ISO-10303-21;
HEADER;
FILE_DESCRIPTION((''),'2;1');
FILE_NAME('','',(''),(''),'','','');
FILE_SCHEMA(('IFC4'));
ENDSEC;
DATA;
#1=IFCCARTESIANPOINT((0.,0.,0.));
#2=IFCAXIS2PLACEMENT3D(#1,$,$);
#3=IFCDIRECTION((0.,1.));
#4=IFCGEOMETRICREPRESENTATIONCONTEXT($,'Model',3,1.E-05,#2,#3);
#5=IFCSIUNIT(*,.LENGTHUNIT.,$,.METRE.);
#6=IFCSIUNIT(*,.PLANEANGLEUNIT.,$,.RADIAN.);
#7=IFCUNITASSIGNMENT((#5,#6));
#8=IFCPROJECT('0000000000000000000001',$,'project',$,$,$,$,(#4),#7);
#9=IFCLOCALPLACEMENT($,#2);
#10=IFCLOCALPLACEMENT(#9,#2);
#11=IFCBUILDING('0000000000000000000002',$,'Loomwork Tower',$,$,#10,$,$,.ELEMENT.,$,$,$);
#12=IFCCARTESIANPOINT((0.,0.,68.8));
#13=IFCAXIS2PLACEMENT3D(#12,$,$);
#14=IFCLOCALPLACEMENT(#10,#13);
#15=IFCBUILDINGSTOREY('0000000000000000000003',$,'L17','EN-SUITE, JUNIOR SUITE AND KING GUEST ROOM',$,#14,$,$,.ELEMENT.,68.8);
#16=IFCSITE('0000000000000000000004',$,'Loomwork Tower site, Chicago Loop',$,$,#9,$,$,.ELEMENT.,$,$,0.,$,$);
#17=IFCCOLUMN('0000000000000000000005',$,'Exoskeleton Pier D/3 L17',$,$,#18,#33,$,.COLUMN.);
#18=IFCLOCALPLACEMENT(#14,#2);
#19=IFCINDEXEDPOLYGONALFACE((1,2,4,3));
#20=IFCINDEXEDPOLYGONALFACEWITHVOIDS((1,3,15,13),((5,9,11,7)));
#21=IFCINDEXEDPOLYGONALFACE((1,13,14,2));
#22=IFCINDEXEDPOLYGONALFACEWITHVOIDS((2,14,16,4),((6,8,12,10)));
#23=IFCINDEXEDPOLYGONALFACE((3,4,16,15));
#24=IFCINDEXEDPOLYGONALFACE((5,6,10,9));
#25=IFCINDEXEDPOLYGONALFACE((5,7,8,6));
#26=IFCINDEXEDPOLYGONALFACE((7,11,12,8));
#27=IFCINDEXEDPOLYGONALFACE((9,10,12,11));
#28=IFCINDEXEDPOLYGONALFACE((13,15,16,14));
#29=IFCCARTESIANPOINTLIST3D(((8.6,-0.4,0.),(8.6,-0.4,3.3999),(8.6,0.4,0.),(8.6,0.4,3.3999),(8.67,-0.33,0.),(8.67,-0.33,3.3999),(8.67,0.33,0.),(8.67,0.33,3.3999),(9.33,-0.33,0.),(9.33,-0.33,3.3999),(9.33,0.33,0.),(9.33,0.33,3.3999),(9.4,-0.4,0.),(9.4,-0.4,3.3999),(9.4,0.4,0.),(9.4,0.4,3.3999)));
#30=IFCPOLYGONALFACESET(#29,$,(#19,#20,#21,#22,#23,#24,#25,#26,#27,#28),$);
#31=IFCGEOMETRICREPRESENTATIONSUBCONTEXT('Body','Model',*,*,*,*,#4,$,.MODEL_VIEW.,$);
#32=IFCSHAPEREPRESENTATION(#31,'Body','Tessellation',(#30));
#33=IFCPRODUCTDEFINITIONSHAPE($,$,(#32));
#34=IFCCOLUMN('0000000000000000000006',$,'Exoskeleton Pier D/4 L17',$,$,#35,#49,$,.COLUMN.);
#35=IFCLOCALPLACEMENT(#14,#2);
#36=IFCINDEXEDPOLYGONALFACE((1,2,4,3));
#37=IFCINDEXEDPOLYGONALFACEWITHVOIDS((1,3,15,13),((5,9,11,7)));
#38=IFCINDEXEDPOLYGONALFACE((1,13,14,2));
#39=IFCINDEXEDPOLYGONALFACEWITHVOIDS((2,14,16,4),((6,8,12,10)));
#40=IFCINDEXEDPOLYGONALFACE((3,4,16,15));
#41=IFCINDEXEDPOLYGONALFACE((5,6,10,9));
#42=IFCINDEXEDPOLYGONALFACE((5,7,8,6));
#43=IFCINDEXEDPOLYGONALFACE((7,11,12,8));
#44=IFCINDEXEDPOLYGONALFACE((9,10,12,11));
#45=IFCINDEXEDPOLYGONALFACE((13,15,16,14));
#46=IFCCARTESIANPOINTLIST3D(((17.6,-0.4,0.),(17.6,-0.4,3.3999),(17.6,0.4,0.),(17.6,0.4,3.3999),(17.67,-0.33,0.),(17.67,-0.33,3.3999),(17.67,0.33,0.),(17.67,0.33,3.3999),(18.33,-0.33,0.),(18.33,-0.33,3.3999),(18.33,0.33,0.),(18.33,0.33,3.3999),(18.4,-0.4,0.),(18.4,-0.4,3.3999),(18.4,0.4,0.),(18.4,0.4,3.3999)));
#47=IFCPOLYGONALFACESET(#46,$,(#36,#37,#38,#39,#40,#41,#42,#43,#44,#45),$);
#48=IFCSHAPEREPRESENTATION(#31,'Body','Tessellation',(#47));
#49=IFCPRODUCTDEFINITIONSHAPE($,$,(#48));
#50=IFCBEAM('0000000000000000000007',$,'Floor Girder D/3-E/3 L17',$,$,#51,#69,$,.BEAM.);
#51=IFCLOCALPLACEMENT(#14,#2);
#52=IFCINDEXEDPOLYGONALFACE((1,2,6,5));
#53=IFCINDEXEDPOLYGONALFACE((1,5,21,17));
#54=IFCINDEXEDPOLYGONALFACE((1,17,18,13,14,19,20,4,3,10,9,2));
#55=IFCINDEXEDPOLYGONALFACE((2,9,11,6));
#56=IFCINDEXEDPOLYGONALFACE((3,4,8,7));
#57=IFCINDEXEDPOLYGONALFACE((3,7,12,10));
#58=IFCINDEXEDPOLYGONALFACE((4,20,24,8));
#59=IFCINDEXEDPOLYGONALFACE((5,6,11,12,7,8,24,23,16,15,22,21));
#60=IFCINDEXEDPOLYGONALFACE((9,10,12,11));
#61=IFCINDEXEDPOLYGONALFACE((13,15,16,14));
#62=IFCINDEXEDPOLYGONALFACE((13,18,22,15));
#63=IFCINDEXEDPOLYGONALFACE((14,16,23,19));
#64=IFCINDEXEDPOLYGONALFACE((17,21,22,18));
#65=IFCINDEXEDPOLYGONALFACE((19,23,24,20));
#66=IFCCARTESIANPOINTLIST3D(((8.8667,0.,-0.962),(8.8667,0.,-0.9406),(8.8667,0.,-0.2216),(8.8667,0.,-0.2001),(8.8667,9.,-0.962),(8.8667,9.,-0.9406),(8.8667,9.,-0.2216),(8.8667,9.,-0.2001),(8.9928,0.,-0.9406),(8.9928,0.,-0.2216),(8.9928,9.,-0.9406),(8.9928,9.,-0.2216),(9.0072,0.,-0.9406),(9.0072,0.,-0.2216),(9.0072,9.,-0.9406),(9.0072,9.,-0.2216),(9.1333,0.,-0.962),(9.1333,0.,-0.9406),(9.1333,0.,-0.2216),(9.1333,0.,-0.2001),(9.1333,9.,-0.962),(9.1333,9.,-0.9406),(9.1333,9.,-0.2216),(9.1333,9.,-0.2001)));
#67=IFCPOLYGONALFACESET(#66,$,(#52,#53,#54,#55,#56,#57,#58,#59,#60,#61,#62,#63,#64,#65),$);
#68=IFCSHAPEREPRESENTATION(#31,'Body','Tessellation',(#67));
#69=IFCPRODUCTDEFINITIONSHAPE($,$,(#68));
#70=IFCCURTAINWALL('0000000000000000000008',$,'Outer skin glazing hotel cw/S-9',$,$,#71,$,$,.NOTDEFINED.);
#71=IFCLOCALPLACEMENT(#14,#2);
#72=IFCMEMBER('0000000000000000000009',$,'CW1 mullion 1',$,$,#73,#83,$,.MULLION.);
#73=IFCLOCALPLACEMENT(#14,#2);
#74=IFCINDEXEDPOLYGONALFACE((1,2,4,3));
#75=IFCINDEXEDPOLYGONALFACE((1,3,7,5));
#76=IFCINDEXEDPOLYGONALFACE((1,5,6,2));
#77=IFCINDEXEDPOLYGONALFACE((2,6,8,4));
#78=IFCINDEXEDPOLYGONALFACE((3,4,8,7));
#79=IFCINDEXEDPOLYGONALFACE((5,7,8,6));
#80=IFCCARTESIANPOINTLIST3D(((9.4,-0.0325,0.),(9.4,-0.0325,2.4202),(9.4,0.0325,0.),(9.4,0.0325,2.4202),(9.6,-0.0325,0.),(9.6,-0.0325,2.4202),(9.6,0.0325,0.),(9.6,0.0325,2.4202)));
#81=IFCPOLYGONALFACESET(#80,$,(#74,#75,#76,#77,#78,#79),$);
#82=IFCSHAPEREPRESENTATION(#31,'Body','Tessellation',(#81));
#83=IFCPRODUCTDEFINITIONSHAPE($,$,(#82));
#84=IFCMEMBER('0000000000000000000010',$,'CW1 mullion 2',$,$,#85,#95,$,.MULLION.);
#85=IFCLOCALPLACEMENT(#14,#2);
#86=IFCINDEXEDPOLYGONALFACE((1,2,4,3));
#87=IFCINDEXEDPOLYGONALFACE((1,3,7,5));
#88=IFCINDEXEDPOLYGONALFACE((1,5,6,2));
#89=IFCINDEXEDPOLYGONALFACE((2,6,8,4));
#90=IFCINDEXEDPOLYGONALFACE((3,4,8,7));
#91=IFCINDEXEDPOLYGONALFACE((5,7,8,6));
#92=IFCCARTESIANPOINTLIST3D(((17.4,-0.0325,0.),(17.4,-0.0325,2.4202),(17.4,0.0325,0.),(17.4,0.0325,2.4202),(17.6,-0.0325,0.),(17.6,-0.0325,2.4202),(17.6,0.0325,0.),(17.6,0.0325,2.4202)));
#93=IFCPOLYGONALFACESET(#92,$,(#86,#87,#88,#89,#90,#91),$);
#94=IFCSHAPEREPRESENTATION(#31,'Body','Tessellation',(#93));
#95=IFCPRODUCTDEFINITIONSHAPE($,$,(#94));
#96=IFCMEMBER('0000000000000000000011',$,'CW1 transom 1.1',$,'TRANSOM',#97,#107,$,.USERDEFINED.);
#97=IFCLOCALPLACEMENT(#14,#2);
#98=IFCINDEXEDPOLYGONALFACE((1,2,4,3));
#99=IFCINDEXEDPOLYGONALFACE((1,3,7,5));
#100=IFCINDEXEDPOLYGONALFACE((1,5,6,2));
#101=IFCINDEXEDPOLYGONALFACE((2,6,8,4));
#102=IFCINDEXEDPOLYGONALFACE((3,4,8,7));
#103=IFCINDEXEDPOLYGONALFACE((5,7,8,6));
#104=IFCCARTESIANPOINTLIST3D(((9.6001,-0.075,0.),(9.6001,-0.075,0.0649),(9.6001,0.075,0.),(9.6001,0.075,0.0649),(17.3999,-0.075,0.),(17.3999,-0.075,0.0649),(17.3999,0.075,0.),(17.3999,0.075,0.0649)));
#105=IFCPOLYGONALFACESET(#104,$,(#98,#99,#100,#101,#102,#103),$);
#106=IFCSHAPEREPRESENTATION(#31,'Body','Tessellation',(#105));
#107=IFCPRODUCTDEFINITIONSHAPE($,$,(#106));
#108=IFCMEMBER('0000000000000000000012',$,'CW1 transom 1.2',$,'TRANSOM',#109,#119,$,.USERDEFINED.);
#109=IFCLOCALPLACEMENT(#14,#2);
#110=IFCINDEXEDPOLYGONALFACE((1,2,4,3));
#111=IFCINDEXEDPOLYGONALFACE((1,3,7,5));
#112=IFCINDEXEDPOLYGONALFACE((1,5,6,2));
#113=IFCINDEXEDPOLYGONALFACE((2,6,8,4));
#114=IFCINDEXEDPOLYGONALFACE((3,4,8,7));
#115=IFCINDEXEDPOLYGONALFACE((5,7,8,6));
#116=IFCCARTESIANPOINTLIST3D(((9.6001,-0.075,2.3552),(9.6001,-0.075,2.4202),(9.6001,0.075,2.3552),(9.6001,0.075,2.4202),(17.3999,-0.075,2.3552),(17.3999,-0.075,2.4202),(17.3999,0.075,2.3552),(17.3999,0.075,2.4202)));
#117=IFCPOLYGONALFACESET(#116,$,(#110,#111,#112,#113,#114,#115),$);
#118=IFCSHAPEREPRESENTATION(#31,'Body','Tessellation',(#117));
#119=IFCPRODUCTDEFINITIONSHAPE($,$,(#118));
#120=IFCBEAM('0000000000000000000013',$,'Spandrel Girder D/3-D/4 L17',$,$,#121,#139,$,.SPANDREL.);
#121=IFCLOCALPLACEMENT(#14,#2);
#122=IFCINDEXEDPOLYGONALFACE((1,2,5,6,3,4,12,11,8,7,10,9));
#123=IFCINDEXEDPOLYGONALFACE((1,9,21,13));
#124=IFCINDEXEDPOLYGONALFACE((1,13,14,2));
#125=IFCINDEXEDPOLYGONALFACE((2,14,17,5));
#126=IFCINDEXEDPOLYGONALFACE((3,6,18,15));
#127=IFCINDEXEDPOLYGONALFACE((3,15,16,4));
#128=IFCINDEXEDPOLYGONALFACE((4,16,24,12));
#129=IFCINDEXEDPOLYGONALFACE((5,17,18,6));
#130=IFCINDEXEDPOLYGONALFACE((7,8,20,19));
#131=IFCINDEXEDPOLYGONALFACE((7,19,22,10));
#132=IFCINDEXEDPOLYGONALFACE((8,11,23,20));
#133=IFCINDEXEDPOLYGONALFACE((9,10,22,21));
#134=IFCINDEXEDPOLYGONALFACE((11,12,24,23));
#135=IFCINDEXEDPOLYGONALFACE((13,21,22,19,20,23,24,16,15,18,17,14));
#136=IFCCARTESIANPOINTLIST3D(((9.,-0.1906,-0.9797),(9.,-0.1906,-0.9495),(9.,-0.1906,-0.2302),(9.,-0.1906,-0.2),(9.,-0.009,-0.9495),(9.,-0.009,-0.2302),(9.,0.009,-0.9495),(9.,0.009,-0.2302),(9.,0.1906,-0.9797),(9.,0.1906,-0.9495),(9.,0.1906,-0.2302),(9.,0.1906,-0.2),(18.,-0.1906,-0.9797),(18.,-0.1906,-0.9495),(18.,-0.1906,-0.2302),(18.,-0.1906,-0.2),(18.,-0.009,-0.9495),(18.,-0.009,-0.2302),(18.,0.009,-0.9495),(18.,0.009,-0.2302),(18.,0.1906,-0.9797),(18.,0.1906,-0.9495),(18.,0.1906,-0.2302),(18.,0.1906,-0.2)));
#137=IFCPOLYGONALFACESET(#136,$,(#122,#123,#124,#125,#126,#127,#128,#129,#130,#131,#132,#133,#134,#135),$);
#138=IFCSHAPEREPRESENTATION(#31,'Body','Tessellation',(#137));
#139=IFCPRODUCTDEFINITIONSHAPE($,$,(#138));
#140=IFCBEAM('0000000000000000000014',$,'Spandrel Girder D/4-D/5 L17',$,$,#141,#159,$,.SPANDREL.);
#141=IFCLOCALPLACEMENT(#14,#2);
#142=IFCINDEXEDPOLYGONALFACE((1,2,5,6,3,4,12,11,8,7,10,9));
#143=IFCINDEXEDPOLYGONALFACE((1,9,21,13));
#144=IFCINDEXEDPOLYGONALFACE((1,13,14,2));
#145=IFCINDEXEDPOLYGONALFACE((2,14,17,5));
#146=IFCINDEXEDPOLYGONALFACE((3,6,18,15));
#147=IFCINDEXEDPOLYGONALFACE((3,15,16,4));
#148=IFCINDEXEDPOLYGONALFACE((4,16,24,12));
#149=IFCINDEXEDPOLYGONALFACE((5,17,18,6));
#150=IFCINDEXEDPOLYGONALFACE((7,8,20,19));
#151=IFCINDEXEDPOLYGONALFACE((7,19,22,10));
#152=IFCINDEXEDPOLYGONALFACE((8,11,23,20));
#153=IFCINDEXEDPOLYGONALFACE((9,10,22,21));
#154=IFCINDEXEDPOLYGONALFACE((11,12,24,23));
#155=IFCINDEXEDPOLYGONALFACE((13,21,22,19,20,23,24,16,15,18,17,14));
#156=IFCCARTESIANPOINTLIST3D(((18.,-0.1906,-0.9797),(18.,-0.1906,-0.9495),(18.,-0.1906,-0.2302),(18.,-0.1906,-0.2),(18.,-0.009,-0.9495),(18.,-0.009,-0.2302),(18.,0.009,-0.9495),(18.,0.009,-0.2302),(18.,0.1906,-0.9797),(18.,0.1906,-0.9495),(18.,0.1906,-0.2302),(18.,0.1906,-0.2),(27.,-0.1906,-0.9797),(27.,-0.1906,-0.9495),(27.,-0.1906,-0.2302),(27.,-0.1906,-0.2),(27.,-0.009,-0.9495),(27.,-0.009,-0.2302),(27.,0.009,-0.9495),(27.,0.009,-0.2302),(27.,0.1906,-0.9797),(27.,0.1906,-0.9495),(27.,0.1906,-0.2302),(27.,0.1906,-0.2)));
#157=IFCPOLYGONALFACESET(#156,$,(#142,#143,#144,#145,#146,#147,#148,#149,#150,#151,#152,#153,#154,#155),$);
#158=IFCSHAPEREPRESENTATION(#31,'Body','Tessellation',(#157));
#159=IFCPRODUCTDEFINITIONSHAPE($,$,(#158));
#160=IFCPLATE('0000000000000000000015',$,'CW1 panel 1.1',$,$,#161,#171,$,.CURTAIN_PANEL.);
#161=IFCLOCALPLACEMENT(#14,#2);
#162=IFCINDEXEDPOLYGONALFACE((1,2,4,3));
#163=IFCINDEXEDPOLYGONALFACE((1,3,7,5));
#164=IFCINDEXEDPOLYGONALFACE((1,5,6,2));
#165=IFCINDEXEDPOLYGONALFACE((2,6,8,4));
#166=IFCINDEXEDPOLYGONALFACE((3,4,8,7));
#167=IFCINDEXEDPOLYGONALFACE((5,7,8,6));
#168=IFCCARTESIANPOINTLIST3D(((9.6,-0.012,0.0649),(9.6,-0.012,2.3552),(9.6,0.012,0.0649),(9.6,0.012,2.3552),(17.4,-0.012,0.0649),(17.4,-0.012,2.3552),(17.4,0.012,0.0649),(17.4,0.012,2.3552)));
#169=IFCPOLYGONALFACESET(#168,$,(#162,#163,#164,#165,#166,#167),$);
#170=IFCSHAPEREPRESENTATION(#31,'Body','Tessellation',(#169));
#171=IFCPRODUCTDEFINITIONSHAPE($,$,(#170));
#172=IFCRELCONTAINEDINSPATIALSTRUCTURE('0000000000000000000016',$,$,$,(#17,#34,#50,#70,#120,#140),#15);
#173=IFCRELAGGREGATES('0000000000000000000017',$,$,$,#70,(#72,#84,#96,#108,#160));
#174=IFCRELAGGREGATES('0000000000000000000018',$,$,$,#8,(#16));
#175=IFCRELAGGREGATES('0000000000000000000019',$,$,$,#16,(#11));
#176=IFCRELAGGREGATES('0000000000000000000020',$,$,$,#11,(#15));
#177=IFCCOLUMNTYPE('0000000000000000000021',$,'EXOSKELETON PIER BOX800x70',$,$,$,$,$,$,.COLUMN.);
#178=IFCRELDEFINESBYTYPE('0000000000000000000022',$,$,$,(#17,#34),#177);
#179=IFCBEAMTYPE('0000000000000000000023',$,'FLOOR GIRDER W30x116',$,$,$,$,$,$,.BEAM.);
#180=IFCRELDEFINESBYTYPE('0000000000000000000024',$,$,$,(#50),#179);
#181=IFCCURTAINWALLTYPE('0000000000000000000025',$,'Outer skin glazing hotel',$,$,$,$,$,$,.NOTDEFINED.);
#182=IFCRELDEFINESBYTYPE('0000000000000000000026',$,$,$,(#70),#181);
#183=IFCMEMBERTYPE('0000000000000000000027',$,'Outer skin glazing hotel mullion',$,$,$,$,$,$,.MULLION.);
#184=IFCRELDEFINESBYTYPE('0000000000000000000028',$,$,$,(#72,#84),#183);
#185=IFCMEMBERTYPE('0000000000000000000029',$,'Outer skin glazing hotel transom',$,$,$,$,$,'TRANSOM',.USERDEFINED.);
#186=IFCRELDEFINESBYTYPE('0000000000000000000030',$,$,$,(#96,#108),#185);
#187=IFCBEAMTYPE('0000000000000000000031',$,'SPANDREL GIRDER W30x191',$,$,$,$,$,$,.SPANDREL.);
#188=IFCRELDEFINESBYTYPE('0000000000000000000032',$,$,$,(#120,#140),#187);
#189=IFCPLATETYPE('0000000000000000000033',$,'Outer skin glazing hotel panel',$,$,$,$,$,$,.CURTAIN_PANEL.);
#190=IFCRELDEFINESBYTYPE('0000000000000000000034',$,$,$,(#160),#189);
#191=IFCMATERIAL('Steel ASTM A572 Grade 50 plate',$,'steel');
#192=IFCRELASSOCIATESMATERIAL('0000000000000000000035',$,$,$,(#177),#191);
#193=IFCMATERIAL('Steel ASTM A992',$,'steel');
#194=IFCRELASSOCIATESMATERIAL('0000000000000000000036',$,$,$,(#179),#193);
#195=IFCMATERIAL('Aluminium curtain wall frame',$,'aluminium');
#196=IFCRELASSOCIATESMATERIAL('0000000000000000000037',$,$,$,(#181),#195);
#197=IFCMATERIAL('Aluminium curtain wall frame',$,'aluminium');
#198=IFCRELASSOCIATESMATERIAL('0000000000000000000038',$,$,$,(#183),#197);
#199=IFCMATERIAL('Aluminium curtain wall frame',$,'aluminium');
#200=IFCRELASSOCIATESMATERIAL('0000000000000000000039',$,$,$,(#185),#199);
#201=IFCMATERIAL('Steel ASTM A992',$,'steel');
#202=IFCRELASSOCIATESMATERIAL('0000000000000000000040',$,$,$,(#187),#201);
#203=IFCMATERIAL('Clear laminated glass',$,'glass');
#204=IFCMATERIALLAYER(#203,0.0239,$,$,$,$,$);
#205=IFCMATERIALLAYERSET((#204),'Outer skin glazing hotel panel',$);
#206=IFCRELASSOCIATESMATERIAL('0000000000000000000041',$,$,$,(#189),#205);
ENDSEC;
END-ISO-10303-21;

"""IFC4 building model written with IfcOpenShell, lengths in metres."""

from ifc_helpers import new_model, si_unit, direction, frame, origin, origin_2d, place, context, subcontext, project, spatial, rectangle, hollow_rectangle, i_section, extrude, material, layer, layer_set, material_profile, profile_set, type_object, element, aggregate, save


model = new_model("IFC4")

# Units and contexts
model_context = context("Model", 3, precision=1e-05, world=origin(), true_north=direction((0.0, 1.0)))
body_context = subcontext(model_context, "Body", "Model", "MODEL_VIEW")
ifc_project = project(units=[si_unit("LENGTHUNIT", "METRE"), si_unit("PLANEANGLEUNIT", "RADIAN")], contexts=[model_context])

# Site, building, storey
site_placement = place(None, origin())
site = spatial("IfcSite", under=ifc_project, at=site_placement, Name="Loomwork Tower site, Chicago Loop", CompositionType="ELEMENT", RefElevation=0.0)
building_placement = place(site_placement, origin())
building = spatial("IfcBuilding", under=site, at=building_placement, Name="Loomwork Tower", CompositionType="ELEMENT")
storey_placement = place(building_placement, frame((0.0, 0.0, 68.8)))
storey = spatial("IfcBuildingStorey", under=building, at=storey_placement, Name="L17", Description="EN-SUITE, JUNIOR SUITE AND KING GUEST ROOM", CompositionType="ELEMENT", Elevation=68.8)

# Columns
ifc_material_1 = material(Name="Steel ASTM A572 Grade 50 plate", Category="steel")
ifc_material_profile_1 = material_profile(ifc_material_1, hollow_rectangle(XDim=0.8, YDim=0.8, WallThickness=0.0701, at=origin_2d()), Name="BOX800x70")
ifc_profile_set_1 = profile_set([ifc_material_profile_1], Name="Steel ASTM A572 Grade 50 plate")
column_type = type_object("IfcColumnType", Name="EXOSKELETON PIER BOX800x70", PredefinedType="COLUMN", material=ifc_profile_set_1)
for number, where, z_axis, x_axis, name in (
    (1, (9.0, 0.0, 0.0), (0.0, 0.0, 1.0), (1.0, 0.0, 0.0), "Exoskeleton Pier D/3 L17"),
    (2, (18.0, 0.0, 0.0), (0.0, 0.0, 1.0), (1.0, 0.0, 0.0), "Exoskeleton Pier D/4 L17"),
):
    element("IfcColumn", number, at=place(storey_placement, frame(where, z_axis=z_axis, x_axis=x_axis)), inside=storey, type_object=column_type, Name=name, PredefinedType="COLUMN", context=body_context, shape_type="SweptSolid", body=[
        extrude(hollow_rectangle(XDim=0.8, YDim=0.8, WallThickness=0.0701, at=origin_2d()), origin(), (0.0, 0.0, 1.0), 3.3999),
    ])

# Beam
ifc_material_2 = material(Name="Steel ASTM A992", Category="steel")
ifc_material_profile_2 = material_profile(ifc_material_2, i_section(OverallWidth=0.2666, OverallDepth=0.762, WebThickness=0.0144, FlangeThickness=0.0215, at=origin_2d()), Name="W30x116")
ifc_profile_set_2 = profile_set([ifc_material_profile_2], Name="Steel ASTM A992")
beam_type_1 = type_object("IfcBeamType", Name="FLOOR GIRDER W30x116", PredefinedType="BEAM", material=ifc_profile_set_2)
beam_placement = place(storey_placement, frame((9.0, 0.0, -0.5811), z_axis=(0.0, 1.0, 0.0), x_axis=(-1.0, 0.0, 0.0)))
element("IfcBeam", 3, at=beam_placement, inside=storey, type_object=beam_type_1, Name="Floor Girder D/3-E/3 L17", PredefinedType="BEAM", context=body_context, shape_type="SweptSolid", body=[
    extrude(i_section(OverallWidth=0.2666, OverallDepth=0.762, WebThickness=0.0144, FlangeThickness=0.0215, at=origin_2d()), origin(), (0.0, 0.0, 1.0), 9.0),
])

# Curtain wall, members
ifc_material_3 = material(Name="Aluminium curtain wall frame", Category="aluminium")
curtain_wall_type = type_object("IfcCurtainWallType", Name="Outer skin glazing hotel", PredefinedType="NOTDEFINED", material=ifc_material_3)
curtain_wall_placement = place(storey_placement, origin())
curtain_wall = element("IfcCurtainWall", 4, at=curtain_wall_placement, inside=storey, type_object=curtain_wall_type, Name="Outer skin glazing hotel cw/S-9", PredefinedType="NOTDEFINED")
ifc_material_4 = material(Name="Aluminium curtain wall frame", Category="aluminium")
ifc_material_profile_3 = material_profile(ifc_material_4, rectangle(XDim=0.0649, YDim=0.2, at=origin_2d()), Name="AL 65x200")
ifc_profile_set_3 = profile_set([ifc_material_profile_3], Name="Aluminium curtain wall frame")
member_type_1 = type_object("IfcMemberType", Name="Outer skin glazing hotel mullion", PredefinedType="MULLION", material=ifc_profile_set_3)
member_1_placement = place(storey_placement, frame((9.5, 0.0, 0.0), z_axis=(0.0, 0.0, 1.0), x_axis=(0.0, 1.0, 0.0)))
member_1 = element("IfcMember", 5, at=member_1_placement, type_object=member_type_1, Name="CW1 mullion 1", PredefinedType="MULLION", context=body_context, shape_type="SweptSolid", body=[
    extrude(rectangle(XDim=0.0649, YDim=0.2, at=origin_2d()), origin(), (0.0, 0.0, 1.0), 2.4202),
])
member_2_placement = place(storey_placement, frame((17.5, 0.0, 0.0), z_axis=(0.0, 0.0, 1.0), x_axis=(0.0, 1.0, 0.0)))
member_2 = element("IfcMember", 6, at=member_2_placement, type_object=member_type_1, Name="CW1 mullion 2", PredefinedType="MULLION", context=body_context, shape_type="SweptSolid", body=[
    extrude(rectangle(XDim=0.0649, YDim=0.2, at=origin_2d()), origin(), (0.0, 0.0, 1.0), 2.4202),
])
ifc_material_5 = material(Name="Aluminium curtain wall frame", Category="aluminium")
ifc_material_profile_4 = material_profile(ifc_material_5, rectangle(XDim=0.1499, YDim=0.0649, at=origin_2d()), Name="AL 65x150")
ifc_profile_set_4 = profile_set([ifc_material_profile_4], Name="Aluminium curtain wall frame")
member_type_2 = type_object("IfcMemberType", Name="Outer skin glazing hotel transom", ElementType="TRANSOM", PredefinedType="USERDEFINED", material=ifc_profile_set_4)
member_3_placement = place(storey_placement, frame((9.6001, 0.0, 0.0325), z_axis=(1.0, 0.0, 0.0), x_axis=(0.0, 1.0, 0.0)))
member_3 = element("IfcMember", 7, at=member_3_placement, type_object=member_type_2, Name="CW1 transom 1.1", ObjectType="TRANSOM", PredefinedType="USERDEFINED", context=body_context, shape_type="SweptSolid", body=[
    extrude(rectangle(XDim=0.1499, YDim=0.0649, at=origin_2d()), origin(), (0.0, 0.0, 1.0), 7.7998),
])
member_4_placement = place(storey_placement, frame((9.6001, 0.0, 2.3877), z_axis=(1.0, 0.0, 0.0), x_axis=(0.0, 1.0, 0.0)))
member_4 = element("IfcMember", 8, at=member_4_placement, type_object=member_type_2, Name="CW1 transom 1.2", ObjectType="TRANSOM", PredefinedType="USERDEFINED", context=body_context, shape_type="SweptSolid", body=[
    extrude(rectangle(XDim=0.1499, YDim=0.0649, at=origin_2d()), origin(), (0.0, 0.0, 1.0), 7.7998),
])

# Beams
ifc_material_6 = material(Name="Steel ASTM A992", Category="steel")
ifc_material_profile_5 = material_profile(ifc_material_6, i_section(OverallWidth=0.3811, OverallDepth=0.7798, WebThickness=0.0181, FlangeThickness=0.0303, at=origin_2d()), Name="W30x191")
ifc_profile_set_5 = profile_set([ifc_material_profile_5], Name="Steel ASTM A992")
beam_type_2 = type_object("IfcBeamType", Name="SPANDREL GIRDER W30x191", PredefinedType="SPANDREL", material=ifc_profile_set_5)
for number, where, z_axis, x_axis, name in (
    (9, (9.0, 0.0, -0.5898), (1.0, 0.0, 0.0), (0.0, 1.0, 0.0), "Spandrel Girder D/3-D/4 L17"),
    (10, (18.0, 0.0, -0.5898), (1.0, 0.0, 0.0), (0.0, 1.0, 0.0), "Spandrel Girder D/4-D/5 L17"),
):
    element("IfcBeam", number, at=place(storey_placement, frame(where, z_axis=z_axis, x_axis=x_axis)), inside=storey, type_object=beam_type_2, Name=name, PredefinedType="SPANDREL", context=body_context, shape_type="SweptSolid", body=[
        extrude(i_section(OverallWidth=0.3811, OverallDepth=0.7798, WebThickness=0.0181, FlangeThickness=0.0303, at=origin_2d()), origin(), (0.0, 0.0, 1.0), 9.0),
    ])

# Plate
ifc_material_7 = material(Name="Clear laminated glass", Category="glass")
ifc_layer_1 = layer(ifc_material_7, 0.0239)
ifc_layer_set_1 = layer_set([ifc_layer_1], Name="Outer skin glazing hotel panel")
plate_type = type_object("IfcPlateType", Name="Outer skin glazing hotel panel", PredefinedType="CURTAIN_PANEL", material=ifc_layer_set_1)
plate_placement = place(storey_placement, frame((13.5, 0.0, 0.0649), z_axis=(0.0, 0.0, 1.0), x_axis=(1.0, 0.0, 0.0)))
plate = element("IfcPlate", 11, at=plate_placement, type_object=plate_type, Name="CW1 panel 1.1", PredefinedType="CURTAIN_PANEL", context=body_context, shape_type="SweptSolid", body=[
    extrude(rectangle(XDim=7.8, YDim=0.0239, at=origin_2d()), origin(), (0.0, 0.0, 1.0), 2.2903),
])
aggregate(curtain_wall, [member_1, member_2, member_3, member_4, plate])

save(model, "model.ifc")
